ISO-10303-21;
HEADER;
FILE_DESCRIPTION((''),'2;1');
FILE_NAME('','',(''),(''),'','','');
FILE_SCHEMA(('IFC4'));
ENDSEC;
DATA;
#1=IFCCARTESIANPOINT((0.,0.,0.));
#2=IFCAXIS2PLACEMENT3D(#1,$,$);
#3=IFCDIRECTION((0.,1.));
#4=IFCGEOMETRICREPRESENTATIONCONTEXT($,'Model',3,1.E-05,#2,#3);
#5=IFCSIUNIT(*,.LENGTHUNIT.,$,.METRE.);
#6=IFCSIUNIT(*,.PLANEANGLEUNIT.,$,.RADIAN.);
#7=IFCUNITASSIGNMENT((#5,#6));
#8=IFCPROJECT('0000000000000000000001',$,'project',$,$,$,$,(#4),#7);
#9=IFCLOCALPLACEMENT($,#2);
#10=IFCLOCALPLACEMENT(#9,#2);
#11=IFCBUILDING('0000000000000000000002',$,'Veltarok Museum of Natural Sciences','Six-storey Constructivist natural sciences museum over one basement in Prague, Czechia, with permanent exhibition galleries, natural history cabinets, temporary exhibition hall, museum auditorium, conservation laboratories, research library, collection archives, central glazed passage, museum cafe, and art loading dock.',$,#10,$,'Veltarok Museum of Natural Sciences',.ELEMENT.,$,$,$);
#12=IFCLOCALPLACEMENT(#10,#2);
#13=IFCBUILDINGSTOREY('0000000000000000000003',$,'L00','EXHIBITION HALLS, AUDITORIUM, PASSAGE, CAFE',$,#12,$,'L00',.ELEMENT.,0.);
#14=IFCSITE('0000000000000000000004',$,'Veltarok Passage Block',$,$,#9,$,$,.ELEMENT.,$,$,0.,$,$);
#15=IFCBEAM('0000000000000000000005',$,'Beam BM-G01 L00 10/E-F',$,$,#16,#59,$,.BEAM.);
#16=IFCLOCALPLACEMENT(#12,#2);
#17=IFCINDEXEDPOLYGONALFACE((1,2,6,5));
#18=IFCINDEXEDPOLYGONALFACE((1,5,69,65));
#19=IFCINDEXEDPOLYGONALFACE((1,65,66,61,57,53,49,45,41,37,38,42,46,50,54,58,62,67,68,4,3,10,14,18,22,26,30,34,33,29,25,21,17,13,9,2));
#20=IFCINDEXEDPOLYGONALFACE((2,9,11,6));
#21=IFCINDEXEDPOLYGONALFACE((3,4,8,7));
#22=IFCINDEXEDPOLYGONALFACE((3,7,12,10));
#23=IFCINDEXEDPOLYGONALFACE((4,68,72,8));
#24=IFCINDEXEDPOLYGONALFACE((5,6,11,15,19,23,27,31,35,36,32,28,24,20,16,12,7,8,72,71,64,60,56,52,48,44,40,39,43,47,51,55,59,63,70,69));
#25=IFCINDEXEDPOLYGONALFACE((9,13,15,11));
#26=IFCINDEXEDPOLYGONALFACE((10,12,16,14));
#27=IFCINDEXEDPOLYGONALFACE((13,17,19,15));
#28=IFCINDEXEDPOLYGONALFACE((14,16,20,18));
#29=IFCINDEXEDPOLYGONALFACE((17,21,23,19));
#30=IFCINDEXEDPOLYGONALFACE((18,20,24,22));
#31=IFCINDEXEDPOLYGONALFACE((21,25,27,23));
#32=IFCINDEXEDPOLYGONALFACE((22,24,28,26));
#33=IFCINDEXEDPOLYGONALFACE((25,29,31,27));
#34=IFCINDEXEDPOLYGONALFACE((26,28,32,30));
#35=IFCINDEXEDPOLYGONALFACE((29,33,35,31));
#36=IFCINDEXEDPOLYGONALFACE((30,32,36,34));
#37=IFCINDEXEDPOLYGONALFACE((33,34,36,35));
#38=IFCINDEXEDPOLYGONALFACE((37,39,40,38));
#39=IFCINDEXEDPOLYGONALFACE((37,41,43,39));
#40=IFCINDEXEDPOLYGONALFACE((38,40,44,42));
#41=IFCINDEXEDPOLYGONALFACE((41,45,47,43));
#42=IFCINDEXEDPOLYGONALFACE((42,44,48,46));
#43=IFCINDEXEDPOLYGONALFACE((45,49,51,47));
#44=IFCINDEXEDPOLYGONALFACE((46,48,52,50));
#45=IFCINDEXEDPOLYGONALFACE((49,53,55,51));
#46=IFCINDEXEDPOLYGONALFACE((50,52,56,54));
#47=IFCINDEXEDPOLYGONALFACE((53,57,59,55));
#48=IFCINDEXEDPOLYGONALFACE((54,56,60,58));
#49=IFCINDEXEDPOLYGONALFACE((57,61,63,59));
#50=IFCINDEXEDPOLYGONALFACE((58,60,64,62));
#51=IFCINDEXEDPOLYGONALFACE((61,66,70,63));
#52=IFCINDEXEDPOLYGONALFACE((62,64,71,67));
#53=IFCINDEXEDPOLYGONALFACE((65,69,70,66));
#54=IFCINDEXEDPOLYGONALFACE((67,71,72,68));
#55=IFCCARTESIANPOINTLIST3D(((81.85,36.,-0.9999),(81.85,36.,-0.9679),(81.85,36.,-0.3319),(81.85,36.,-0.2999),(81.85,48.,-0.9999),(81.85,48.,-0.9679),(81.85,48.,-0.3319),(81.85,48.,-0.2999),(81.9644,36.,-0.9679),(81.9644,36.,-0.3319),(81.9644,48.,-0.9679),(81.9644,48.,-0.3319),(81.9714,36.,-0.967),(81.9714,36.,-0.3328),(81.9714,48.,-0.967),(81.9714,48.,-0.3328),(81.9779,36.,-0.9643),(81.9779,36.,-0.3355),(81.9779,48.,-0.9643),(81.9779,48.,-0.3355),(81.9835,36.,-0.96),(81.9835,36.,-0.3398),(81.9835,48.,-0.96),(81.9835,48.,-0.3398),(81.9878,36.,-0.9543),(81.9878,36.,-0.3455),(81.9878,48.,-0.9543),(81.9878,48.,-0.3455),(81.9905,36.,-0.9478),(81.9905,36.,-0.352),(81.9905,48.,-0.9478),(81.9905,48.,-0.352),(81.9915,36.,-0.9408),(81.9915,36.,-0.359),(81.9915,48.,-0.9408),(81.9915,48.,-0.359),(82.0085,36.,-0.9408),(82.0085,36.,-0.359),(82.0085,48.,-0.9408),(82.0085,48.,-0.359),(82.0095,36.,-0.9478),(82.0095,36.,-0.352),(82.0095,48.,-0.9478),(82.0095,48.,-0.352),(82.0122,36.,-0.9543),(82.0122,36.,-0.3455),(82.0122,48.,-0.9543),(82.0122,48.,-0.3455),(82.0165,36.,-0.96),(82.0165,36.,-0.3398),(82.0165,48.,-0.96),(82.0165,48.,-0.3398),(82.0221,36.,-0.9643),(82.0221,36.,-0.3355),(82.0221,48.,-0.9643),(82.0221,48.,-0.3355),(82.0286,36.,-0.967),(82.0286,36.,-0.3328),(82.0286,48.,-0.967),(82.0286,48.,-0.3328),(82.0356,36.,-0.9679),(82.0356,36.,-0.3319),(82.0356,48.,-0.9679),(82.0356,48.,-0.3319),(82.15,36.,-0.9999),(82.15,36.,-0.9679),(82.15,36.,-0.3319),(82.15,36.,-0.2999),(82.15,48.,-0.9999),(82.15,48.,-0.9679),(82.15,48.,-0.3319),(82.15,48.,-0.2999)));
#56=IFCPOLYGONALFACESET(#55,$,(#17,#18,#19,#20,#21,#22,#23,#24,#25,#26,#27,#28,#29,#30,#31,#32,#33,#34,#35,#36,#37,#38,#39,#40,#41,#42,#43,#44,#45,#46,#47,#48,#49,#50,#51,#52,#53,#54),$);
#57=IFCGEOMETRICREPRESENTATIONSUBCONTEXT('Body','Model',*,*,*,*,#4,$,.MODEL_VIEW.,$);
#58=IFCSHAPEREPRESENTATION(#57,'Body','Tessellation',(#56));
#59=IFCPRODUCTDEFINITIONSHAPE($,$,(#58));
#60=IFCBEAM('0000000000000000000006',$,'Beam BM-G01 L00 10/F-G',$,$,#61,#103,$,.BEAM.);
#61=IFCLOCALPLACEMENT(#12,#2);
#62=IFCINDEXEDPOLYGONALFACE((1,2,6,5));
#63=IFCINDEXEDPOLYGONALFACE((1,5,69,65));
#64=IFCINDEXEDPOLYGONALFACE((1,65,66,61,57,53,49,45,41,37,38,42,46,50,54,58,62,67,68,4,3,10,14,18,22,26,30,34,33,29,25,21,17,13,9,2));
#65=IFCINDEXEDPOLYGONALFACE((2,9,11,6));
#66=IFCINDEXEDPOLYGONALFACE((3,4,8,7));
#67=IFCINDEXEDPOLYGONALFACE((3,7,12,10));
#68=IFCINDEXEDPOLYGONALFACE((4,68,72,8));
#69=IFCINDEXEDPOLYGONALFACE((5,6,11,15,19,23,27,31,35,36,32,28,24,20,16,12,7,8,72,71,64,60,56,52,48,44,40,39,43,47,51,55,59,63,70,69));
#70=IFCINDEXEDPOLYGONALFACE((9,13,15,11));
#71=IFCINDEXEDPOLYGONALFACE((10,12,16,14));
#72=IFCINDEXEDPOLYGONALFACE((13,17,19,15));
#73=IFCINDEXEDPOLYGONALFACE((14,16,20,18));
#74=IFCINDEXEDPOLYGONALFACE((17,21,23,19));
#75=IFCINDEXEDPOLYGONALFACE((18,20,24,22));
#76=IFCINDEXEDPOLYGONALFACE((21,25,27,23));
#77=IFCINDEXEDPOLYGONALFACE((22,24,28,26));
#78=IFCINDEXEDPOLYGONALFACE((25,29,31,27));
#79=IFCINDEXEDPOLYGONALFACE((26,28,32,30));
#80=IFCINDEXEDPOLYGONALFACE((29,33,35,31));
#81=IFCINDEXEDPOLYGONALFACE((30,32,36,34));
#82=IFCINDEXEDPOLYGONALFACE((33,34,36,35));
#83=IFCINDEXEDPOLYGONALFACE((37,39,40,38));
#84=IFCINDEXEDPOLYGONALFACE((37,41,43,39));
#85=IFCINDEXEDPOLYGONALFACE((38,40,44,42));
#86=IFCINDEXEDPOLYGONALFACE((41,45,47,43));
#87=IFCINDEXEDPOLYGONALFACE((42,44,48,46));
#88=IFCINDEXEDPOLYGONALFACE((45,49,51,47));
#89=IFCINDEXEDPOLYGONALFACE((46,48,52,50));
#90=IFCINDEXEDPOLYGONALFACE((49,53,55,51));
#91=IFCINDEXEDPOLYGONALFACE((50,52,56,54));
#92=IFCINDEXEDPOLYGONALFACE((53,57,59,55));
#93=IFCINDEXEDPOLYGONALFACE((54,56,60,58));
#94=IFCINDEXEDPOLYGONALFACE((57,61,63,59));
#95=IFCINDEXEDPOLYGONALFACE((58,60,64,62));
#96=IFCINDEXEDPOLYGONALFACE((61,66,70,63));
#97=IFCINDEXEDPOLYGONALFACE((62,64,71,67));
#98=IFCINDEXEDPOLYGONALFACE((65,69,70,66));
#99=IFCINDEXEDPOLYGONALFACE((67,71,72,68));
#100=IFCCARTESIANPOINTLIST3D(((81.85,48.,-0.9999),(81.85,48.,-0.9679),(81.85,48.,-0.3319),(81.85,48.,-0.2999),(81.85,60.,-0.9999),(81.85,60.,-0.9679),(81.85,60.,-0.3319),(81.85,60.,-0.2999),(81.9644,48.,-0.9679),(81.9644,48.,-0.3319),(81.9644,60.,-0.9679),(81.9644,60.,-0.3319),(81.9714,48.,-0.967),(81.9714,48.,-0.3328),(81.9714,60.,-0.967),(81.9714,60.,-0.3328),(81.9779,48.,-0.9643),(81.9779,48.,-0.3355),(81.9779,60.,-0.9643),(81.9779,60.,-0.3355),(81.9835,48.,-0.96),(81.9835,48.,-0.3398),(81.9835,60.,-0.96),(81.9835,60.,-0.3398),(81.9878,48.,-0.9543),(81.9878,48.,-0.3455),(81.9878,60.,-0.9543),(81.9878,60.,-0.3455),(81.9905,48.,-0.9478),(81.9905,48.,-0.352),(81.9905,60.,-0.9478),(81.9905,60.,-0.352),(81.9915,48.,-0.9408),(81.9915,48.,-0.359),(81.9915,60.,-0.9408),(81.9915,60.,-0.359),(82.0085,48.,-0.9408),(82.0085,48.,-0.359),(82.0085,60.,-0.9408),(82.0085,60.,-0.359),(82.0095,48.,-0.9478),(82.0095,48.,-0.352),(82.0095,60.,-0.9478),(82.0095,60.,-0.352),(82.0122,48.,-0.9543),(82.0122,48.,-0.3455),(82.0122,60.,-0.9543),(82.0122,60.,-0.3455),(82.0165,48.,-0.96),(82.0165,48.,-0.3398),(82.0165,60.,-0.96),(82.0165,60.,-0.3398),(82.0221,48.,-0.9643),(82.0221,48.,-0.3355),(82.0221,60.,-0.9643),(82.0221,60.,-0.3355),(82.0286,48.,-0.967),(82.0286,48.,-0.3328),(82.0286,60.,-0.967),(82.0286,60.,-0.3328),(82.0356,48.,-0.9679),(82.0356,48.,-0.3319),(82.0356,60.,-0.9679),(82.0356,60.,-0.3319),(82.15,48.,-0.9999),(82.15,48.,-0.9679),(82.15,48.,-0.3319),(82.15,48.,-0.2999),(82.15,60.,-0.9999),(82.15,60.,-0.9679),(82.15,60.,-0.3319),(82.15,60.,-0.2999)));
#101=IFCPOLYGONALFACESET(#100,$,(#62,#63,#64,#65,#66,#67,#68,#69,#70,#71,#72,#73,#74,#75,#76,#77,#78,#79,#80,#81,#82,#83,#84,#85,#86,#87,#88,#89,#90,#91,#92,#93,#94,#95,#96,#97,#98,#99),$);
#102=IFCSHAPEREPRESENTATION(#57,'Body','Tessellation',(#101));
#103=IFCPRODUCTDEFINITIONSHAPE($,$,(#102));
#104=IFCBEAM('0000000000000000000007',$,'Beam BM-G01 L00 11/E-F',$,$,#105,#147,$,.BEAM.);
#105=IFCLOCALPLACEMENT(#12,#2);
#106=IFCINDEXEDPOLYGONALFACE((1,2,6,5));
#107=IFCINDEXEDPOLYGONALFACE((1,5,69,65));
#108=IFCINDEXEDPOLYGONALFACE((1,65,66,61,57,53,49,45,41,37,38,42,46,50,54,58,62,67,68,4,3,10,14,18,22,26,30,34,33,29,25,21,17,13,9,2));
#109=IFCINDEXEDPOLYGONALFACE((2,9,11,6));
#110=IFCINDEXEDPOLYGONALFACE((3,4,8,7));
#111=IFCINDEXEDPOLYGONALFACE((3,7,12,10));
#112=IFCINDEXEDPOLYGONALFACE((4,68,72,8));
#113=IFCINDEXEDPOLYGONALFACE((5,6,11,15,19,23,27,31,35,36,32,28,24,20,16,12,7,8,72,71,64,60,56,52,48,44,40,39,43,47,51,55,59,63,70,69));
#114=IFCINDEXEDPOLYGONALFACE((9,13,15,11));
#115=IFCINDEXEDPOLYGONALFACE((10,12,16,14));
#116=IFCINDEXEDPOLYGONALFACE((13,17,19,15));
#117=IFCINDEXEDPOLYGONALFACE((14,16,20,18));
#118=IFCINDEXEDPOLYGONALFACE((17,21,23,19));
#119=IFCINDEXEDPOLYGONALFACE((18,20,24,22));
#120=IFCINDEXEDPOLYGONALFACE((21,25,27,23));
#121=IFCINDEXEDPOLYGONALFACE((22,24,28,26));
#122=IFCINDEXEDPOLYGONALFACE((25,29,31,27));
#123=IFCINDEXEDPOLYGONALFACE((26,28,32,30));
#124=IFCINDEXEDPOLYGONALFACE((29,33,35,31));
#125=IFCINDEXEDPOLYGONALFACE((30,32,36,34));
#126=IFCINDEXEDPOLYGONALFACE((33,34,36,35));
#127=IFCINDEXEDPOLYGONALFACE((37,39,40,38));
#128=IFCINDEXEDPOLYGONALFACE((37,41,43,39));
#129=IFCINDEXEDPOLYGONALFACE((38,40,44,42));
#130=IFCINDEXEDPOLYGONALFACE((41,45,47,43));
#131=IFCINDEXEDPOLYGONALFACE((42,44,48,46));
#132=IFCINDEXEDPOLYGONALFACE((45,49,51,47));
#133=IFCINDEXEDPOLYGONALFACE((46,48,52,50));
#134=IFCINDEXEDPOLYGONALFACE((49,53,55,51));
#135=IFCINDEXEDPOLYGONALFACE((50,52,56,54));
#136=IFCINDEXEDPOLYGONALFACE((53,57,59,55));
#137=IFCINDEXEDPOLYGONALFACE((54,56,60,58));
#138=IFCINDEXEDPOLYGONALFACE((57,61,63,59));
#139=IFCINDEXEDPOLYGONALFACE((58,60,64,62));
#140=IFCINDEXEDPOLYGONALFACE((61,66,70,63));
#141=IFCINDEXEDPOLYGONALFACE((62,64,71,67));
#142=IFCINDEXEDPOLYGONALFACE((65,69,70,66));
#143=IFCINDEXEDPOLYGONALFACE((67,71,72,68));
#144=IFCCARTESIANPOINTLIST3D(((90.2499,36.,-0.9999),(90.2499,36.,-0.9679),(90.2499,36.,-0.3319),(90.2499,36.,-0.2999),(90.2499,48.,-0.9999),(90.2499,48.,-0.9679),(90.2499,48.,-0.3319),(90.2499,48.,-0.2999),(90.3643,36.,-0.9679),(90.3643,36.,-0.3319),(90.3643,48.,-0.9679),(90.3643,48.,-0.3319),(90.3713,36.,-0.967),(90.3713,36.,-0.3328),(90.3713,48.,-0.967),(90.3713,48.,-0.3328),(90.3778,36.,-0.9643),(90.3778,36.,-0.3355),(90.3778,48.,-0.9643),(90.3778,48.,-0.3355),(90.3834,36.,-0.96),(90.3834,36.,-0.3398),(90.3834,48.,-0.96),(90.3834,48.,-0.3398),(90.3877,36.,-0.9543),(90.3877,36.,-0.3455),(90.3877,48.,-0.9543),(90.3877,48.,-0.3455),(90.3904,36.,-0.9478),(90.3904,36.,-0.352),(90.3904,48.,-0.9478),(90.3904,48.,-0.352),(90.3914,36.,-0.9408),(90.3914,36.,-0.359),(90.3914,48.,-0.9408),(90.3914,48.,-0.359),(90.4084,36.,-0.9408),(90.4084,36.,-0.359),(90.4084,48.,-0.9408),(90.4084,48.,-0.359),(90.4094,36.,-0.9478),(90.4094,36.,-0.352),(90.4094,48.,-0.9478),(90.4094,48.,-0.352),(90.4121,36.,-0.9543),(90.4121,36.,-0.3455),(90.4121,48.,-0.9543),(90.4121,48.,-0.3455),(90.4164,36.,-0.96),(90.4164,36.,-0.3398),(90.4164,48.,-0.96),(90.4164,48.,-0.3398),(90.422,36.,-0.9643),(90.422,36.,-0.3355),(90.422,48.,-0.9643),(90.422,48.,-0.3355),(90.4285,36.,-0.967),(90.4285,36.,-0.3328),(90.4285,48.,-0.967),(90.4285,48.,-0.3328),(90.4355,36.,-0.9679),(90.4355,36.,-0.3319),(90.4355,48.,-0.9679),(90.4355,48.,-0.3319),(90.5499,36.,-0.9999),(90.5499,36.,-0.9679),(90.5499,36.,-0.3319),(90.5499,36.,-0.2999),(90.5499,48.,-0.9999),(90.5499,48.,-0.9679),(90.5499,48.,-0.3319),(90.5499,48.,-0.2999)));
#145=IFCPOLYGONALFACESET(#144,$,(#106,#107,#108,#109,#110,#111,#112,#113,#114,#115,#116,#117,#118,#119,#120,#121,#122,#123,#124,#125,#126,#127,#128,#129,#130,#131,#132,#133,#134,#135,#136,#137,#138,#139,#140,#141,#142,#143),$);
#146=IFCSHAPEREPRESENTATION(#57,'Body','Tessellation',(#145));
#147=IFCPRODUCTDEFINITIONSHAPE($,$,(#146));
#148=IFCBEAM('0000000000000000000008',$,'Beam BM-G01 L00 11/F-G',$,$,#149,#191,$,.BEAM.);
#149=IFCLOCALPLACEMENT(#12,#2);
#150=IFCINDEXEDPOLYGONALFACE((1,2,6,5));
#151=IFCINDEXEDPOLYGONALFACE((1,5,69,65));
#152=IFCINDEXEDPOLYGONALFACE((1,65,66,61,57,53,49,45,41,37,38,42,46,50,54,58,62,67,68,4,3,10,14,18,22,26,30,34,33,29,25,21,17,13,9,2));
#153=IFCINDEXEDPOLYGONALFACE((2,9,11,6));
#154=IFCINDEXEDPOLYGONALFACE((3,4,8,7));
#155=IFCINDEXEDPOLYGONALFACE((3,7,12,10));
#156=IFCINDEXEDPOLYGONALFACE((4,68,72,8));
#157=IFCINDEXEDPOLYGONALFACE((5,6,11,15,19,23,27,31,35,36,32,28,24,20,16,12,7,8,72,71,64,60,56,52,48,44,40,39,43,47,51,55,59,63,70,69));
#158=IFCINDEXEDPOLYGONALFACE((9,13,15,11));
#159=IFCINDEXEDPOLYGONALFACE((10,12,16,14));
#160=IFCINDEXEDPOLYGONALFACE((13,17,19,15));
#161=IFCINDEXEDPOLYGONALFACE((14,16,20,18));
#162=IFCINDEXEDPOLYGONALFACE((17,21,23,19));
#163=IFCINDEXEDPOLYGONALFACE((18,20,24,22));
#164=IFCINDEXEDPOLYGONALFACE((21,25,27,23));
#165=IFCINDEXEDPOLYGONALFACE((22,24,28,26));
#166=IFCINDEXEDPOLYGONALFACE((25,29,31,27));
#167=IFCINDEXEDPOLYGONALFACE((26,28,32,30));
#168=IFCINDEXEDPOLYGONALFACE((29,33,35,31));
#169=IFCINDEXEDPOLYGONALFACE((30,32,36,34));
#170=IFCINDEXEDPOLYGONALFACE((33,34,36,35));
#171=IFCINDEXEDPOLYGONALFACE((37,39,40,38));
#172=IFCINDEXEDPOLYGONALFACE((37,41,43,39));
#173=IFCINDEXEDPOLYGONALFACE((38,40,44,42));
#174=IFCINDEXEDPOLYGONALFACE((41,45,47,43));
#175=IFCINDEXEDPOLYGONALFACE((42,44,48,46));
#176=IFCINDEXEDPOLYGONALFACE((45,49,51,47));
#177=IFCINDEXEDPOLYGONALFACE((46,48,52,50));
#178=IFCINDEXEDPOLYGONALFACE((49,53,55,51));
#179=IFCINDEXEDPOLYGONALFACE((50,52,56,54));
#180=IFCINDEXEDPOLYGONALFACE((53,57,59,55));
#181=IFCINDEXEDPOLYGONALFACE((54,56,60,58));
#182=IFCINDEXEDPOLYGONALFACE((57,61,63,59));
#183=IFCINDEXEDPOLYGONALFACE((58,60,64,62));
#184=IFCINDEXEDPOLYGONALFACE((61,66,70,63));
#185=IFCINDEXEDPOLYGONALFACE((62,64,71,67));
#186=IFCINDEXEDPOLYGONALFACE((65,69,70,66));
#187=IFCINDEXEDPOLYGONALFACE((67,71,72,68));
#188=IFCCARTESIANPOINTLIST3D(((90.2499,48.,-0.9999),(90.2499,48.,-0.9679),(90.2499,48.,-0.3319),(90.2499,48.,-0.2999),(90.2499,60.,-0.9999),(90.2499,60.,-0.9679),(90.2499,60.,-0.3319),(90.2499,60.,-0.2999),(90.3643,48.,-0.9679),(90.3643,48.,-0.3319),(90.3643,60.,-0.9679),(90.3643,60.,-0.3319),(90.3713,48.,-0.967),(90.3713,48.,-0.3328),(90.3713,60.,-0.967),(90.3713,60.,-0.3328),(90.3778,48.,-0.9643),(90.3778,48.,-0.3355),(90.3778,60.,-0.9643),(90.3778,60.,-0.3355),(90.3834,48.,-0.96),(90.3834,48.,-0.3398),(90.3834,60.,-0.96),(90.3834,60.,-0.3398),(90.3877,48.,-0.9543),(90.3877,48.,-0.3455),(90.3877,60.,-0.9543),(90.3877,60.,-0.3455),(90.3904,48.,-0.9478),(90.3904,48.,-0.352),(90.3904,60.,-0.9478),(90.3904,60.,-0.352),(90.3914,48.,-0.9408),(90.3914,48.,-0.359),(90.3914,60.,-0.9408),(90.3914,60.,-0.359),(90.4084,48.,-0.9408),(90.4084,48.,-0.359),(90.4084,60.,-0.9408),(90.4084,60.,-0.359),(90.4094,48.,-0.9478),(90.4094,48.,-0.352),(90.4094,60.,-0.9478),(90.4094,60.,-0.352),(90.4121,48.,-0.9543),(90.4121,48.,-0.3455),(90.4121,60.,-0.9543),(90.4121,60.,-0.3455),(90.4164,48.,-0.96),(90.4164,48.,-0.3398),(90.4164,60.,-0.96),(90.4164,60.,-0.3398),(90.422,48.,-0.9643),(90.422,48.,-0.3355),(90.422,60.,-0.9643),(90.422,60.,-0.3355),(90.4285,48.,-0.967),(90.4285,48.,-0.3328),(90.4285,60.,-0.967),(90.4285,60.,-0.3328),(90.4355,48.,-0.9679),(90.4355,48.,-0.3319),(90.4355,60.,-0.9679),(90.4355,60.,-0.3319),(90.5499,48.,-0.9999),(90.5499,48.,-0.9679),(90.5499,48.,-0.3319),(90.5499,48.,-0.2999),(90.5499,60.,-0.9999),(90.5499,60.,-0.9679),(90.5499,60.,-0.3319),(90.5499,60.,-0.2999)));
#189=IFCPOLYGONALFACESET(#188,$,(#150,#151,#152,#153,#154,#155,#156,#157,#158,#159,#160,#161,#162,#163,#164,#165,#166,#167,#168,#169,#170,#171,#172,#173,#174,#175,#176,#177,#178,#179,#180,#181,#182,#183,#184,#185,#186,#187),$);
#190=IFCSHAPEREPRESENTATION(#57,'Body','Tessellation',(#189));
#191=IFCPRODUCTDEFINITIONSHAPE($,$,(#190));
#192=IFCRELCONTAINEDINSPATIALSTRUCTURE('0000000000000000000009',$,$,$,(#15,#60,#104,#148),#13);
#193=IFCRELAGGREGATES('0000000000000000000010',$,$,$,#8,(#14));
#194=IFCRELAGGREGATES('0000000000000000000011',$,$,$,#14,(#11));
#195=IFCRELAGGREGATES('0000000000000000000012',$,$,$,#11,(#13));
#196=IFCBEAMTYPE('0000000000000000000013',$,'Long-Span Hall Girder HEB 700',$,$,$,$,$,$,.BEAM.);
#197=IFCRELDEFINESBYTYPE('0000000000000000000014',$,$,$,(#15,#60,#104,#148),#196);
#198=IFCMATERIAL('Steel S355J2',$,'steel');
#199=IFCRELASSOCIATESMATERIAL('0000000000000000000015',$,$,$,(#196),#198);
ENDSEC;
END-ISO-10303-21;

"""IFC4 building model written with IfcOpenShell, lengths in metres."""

from ifc_helpers import new_model, si_unit, direction, frame, origin, origin_2d, place, context, subcontext, project, spatial, i_section, extrude, material, material_profile, profile_set, type_object, element, save


model = new_model("IFC4")

# Units and contexts
model_context = context("Model", 3, precision=1e-05, world=origin(), true_north=direction((0.0, 1.0)))
body_context = subcontext(model_context, "Body", "Model", "MODEL_VIEW")
ifc_project = project(units=[si_unit("LENGTHUNIT", "METRE"), si_unit("PLANEANGLEUNIT", "RADIAN")], contexts=[model_context])

# Site, building, storey
site_placement = place(None, origin())
site = spatial("IfcSite", under=ifc_project, at=site_placement, Name="Veltarok Passage Block", CompositionType="ELEMENT", RefElevation=0.0)
building_placement = place(site_placement, origin())
building = spatial("IfcBuilding", under=site, at=building_placement, Name="Veltarok Museum of Natural Sciences", Description="Six-storey Constructivist natural sciences museum over one basement in Prague, Czechia, with permanent exhibition galleries, natural history cabinets, temporary exhibition hall, museum auditorium, conservation laboratories, research library, collection archives, central glazed passage, museum cafe, and art loading dock.", LongName="Veltarok Museum of Natural Sciences", CompositionType="ELEMENT")
storey_placement = place(building_placement, origin())
storey = spatial("IfcBuildingStorey", under=building, at=storey_placement, Name="L00", Description="EXHIBITION HALLS, AUDITORIUM, PASSAGE, CAFE", LongName="L00", CompositionType="ELEMENT", Elevation=0.0)

# Shared definitions
ifc_material_1 = material(Name="Steel S355J2", Category="steel")

# Beams
ifc_material_profile_1 = material_profile(ifc_material_1, i_section(OverallWidth=0.3, OverallDepth=0.7, WebThickness=0.0171, FlangeThickness=0.032, FilletRadius=0.0271, at=origin_2d()), Name="HEB 700")
ifc_profile_set_1 = profile_set([ifc_material_profile_1], Name="Steel S355J2")
beam_type_1 = type_object("IfcBeamType", Name="Long-Span Hall Girder HEB 700", PredefinedType="BEAM", material=ifc_profile_set_1)
for number, where, z_axis, x_axis, name in (
    (1, (82.0, 36.0, -0.6499), (0.0, 1.0, 0.0), (-1.0, 0.0, 0.0), "Beam BM-G01 L00 10/E-F"),
    (2, (82.0, 48.0, -0.6499), (0.0, 1.0, 0.0), (-1.0, 0.0, 0.0), "Beam BM-G01 L00 10/F-G"),
    (3, (90.3999, 36.0, -0.6499), (0.0, 1.0, 0.0), (-1.0, 0.0, 0.0), "Beam BM-G01 L00 11/E-F"),
    (4, (90.3999, 48.0, -0.6499), (0.0, 1.0, 0.0), (-1.0, 0.0, 0.0), "Beam BM-G01 L00 11/F-G"),
):
    element("IfcBeam", number, at=place(storey_placement, frame(where, z_axis=z_axis, x_axis=x_axis)), inside=storey, type_object=beam_type_1, Name=name, PredefinedType="BEAM", context=body_context, shape_type="SweptSolid", body=[
        extrude(i_section(OverallWidth=0.3, OverallDepth=0.7, WebThickness=0.0171, FlangeThickness=0.032, FilletRadius=0.0271, at=origin_2d()), origin(), (0.0, 0.0, 1.0), 12.0),
    ])

save(model, "model.ifc")
